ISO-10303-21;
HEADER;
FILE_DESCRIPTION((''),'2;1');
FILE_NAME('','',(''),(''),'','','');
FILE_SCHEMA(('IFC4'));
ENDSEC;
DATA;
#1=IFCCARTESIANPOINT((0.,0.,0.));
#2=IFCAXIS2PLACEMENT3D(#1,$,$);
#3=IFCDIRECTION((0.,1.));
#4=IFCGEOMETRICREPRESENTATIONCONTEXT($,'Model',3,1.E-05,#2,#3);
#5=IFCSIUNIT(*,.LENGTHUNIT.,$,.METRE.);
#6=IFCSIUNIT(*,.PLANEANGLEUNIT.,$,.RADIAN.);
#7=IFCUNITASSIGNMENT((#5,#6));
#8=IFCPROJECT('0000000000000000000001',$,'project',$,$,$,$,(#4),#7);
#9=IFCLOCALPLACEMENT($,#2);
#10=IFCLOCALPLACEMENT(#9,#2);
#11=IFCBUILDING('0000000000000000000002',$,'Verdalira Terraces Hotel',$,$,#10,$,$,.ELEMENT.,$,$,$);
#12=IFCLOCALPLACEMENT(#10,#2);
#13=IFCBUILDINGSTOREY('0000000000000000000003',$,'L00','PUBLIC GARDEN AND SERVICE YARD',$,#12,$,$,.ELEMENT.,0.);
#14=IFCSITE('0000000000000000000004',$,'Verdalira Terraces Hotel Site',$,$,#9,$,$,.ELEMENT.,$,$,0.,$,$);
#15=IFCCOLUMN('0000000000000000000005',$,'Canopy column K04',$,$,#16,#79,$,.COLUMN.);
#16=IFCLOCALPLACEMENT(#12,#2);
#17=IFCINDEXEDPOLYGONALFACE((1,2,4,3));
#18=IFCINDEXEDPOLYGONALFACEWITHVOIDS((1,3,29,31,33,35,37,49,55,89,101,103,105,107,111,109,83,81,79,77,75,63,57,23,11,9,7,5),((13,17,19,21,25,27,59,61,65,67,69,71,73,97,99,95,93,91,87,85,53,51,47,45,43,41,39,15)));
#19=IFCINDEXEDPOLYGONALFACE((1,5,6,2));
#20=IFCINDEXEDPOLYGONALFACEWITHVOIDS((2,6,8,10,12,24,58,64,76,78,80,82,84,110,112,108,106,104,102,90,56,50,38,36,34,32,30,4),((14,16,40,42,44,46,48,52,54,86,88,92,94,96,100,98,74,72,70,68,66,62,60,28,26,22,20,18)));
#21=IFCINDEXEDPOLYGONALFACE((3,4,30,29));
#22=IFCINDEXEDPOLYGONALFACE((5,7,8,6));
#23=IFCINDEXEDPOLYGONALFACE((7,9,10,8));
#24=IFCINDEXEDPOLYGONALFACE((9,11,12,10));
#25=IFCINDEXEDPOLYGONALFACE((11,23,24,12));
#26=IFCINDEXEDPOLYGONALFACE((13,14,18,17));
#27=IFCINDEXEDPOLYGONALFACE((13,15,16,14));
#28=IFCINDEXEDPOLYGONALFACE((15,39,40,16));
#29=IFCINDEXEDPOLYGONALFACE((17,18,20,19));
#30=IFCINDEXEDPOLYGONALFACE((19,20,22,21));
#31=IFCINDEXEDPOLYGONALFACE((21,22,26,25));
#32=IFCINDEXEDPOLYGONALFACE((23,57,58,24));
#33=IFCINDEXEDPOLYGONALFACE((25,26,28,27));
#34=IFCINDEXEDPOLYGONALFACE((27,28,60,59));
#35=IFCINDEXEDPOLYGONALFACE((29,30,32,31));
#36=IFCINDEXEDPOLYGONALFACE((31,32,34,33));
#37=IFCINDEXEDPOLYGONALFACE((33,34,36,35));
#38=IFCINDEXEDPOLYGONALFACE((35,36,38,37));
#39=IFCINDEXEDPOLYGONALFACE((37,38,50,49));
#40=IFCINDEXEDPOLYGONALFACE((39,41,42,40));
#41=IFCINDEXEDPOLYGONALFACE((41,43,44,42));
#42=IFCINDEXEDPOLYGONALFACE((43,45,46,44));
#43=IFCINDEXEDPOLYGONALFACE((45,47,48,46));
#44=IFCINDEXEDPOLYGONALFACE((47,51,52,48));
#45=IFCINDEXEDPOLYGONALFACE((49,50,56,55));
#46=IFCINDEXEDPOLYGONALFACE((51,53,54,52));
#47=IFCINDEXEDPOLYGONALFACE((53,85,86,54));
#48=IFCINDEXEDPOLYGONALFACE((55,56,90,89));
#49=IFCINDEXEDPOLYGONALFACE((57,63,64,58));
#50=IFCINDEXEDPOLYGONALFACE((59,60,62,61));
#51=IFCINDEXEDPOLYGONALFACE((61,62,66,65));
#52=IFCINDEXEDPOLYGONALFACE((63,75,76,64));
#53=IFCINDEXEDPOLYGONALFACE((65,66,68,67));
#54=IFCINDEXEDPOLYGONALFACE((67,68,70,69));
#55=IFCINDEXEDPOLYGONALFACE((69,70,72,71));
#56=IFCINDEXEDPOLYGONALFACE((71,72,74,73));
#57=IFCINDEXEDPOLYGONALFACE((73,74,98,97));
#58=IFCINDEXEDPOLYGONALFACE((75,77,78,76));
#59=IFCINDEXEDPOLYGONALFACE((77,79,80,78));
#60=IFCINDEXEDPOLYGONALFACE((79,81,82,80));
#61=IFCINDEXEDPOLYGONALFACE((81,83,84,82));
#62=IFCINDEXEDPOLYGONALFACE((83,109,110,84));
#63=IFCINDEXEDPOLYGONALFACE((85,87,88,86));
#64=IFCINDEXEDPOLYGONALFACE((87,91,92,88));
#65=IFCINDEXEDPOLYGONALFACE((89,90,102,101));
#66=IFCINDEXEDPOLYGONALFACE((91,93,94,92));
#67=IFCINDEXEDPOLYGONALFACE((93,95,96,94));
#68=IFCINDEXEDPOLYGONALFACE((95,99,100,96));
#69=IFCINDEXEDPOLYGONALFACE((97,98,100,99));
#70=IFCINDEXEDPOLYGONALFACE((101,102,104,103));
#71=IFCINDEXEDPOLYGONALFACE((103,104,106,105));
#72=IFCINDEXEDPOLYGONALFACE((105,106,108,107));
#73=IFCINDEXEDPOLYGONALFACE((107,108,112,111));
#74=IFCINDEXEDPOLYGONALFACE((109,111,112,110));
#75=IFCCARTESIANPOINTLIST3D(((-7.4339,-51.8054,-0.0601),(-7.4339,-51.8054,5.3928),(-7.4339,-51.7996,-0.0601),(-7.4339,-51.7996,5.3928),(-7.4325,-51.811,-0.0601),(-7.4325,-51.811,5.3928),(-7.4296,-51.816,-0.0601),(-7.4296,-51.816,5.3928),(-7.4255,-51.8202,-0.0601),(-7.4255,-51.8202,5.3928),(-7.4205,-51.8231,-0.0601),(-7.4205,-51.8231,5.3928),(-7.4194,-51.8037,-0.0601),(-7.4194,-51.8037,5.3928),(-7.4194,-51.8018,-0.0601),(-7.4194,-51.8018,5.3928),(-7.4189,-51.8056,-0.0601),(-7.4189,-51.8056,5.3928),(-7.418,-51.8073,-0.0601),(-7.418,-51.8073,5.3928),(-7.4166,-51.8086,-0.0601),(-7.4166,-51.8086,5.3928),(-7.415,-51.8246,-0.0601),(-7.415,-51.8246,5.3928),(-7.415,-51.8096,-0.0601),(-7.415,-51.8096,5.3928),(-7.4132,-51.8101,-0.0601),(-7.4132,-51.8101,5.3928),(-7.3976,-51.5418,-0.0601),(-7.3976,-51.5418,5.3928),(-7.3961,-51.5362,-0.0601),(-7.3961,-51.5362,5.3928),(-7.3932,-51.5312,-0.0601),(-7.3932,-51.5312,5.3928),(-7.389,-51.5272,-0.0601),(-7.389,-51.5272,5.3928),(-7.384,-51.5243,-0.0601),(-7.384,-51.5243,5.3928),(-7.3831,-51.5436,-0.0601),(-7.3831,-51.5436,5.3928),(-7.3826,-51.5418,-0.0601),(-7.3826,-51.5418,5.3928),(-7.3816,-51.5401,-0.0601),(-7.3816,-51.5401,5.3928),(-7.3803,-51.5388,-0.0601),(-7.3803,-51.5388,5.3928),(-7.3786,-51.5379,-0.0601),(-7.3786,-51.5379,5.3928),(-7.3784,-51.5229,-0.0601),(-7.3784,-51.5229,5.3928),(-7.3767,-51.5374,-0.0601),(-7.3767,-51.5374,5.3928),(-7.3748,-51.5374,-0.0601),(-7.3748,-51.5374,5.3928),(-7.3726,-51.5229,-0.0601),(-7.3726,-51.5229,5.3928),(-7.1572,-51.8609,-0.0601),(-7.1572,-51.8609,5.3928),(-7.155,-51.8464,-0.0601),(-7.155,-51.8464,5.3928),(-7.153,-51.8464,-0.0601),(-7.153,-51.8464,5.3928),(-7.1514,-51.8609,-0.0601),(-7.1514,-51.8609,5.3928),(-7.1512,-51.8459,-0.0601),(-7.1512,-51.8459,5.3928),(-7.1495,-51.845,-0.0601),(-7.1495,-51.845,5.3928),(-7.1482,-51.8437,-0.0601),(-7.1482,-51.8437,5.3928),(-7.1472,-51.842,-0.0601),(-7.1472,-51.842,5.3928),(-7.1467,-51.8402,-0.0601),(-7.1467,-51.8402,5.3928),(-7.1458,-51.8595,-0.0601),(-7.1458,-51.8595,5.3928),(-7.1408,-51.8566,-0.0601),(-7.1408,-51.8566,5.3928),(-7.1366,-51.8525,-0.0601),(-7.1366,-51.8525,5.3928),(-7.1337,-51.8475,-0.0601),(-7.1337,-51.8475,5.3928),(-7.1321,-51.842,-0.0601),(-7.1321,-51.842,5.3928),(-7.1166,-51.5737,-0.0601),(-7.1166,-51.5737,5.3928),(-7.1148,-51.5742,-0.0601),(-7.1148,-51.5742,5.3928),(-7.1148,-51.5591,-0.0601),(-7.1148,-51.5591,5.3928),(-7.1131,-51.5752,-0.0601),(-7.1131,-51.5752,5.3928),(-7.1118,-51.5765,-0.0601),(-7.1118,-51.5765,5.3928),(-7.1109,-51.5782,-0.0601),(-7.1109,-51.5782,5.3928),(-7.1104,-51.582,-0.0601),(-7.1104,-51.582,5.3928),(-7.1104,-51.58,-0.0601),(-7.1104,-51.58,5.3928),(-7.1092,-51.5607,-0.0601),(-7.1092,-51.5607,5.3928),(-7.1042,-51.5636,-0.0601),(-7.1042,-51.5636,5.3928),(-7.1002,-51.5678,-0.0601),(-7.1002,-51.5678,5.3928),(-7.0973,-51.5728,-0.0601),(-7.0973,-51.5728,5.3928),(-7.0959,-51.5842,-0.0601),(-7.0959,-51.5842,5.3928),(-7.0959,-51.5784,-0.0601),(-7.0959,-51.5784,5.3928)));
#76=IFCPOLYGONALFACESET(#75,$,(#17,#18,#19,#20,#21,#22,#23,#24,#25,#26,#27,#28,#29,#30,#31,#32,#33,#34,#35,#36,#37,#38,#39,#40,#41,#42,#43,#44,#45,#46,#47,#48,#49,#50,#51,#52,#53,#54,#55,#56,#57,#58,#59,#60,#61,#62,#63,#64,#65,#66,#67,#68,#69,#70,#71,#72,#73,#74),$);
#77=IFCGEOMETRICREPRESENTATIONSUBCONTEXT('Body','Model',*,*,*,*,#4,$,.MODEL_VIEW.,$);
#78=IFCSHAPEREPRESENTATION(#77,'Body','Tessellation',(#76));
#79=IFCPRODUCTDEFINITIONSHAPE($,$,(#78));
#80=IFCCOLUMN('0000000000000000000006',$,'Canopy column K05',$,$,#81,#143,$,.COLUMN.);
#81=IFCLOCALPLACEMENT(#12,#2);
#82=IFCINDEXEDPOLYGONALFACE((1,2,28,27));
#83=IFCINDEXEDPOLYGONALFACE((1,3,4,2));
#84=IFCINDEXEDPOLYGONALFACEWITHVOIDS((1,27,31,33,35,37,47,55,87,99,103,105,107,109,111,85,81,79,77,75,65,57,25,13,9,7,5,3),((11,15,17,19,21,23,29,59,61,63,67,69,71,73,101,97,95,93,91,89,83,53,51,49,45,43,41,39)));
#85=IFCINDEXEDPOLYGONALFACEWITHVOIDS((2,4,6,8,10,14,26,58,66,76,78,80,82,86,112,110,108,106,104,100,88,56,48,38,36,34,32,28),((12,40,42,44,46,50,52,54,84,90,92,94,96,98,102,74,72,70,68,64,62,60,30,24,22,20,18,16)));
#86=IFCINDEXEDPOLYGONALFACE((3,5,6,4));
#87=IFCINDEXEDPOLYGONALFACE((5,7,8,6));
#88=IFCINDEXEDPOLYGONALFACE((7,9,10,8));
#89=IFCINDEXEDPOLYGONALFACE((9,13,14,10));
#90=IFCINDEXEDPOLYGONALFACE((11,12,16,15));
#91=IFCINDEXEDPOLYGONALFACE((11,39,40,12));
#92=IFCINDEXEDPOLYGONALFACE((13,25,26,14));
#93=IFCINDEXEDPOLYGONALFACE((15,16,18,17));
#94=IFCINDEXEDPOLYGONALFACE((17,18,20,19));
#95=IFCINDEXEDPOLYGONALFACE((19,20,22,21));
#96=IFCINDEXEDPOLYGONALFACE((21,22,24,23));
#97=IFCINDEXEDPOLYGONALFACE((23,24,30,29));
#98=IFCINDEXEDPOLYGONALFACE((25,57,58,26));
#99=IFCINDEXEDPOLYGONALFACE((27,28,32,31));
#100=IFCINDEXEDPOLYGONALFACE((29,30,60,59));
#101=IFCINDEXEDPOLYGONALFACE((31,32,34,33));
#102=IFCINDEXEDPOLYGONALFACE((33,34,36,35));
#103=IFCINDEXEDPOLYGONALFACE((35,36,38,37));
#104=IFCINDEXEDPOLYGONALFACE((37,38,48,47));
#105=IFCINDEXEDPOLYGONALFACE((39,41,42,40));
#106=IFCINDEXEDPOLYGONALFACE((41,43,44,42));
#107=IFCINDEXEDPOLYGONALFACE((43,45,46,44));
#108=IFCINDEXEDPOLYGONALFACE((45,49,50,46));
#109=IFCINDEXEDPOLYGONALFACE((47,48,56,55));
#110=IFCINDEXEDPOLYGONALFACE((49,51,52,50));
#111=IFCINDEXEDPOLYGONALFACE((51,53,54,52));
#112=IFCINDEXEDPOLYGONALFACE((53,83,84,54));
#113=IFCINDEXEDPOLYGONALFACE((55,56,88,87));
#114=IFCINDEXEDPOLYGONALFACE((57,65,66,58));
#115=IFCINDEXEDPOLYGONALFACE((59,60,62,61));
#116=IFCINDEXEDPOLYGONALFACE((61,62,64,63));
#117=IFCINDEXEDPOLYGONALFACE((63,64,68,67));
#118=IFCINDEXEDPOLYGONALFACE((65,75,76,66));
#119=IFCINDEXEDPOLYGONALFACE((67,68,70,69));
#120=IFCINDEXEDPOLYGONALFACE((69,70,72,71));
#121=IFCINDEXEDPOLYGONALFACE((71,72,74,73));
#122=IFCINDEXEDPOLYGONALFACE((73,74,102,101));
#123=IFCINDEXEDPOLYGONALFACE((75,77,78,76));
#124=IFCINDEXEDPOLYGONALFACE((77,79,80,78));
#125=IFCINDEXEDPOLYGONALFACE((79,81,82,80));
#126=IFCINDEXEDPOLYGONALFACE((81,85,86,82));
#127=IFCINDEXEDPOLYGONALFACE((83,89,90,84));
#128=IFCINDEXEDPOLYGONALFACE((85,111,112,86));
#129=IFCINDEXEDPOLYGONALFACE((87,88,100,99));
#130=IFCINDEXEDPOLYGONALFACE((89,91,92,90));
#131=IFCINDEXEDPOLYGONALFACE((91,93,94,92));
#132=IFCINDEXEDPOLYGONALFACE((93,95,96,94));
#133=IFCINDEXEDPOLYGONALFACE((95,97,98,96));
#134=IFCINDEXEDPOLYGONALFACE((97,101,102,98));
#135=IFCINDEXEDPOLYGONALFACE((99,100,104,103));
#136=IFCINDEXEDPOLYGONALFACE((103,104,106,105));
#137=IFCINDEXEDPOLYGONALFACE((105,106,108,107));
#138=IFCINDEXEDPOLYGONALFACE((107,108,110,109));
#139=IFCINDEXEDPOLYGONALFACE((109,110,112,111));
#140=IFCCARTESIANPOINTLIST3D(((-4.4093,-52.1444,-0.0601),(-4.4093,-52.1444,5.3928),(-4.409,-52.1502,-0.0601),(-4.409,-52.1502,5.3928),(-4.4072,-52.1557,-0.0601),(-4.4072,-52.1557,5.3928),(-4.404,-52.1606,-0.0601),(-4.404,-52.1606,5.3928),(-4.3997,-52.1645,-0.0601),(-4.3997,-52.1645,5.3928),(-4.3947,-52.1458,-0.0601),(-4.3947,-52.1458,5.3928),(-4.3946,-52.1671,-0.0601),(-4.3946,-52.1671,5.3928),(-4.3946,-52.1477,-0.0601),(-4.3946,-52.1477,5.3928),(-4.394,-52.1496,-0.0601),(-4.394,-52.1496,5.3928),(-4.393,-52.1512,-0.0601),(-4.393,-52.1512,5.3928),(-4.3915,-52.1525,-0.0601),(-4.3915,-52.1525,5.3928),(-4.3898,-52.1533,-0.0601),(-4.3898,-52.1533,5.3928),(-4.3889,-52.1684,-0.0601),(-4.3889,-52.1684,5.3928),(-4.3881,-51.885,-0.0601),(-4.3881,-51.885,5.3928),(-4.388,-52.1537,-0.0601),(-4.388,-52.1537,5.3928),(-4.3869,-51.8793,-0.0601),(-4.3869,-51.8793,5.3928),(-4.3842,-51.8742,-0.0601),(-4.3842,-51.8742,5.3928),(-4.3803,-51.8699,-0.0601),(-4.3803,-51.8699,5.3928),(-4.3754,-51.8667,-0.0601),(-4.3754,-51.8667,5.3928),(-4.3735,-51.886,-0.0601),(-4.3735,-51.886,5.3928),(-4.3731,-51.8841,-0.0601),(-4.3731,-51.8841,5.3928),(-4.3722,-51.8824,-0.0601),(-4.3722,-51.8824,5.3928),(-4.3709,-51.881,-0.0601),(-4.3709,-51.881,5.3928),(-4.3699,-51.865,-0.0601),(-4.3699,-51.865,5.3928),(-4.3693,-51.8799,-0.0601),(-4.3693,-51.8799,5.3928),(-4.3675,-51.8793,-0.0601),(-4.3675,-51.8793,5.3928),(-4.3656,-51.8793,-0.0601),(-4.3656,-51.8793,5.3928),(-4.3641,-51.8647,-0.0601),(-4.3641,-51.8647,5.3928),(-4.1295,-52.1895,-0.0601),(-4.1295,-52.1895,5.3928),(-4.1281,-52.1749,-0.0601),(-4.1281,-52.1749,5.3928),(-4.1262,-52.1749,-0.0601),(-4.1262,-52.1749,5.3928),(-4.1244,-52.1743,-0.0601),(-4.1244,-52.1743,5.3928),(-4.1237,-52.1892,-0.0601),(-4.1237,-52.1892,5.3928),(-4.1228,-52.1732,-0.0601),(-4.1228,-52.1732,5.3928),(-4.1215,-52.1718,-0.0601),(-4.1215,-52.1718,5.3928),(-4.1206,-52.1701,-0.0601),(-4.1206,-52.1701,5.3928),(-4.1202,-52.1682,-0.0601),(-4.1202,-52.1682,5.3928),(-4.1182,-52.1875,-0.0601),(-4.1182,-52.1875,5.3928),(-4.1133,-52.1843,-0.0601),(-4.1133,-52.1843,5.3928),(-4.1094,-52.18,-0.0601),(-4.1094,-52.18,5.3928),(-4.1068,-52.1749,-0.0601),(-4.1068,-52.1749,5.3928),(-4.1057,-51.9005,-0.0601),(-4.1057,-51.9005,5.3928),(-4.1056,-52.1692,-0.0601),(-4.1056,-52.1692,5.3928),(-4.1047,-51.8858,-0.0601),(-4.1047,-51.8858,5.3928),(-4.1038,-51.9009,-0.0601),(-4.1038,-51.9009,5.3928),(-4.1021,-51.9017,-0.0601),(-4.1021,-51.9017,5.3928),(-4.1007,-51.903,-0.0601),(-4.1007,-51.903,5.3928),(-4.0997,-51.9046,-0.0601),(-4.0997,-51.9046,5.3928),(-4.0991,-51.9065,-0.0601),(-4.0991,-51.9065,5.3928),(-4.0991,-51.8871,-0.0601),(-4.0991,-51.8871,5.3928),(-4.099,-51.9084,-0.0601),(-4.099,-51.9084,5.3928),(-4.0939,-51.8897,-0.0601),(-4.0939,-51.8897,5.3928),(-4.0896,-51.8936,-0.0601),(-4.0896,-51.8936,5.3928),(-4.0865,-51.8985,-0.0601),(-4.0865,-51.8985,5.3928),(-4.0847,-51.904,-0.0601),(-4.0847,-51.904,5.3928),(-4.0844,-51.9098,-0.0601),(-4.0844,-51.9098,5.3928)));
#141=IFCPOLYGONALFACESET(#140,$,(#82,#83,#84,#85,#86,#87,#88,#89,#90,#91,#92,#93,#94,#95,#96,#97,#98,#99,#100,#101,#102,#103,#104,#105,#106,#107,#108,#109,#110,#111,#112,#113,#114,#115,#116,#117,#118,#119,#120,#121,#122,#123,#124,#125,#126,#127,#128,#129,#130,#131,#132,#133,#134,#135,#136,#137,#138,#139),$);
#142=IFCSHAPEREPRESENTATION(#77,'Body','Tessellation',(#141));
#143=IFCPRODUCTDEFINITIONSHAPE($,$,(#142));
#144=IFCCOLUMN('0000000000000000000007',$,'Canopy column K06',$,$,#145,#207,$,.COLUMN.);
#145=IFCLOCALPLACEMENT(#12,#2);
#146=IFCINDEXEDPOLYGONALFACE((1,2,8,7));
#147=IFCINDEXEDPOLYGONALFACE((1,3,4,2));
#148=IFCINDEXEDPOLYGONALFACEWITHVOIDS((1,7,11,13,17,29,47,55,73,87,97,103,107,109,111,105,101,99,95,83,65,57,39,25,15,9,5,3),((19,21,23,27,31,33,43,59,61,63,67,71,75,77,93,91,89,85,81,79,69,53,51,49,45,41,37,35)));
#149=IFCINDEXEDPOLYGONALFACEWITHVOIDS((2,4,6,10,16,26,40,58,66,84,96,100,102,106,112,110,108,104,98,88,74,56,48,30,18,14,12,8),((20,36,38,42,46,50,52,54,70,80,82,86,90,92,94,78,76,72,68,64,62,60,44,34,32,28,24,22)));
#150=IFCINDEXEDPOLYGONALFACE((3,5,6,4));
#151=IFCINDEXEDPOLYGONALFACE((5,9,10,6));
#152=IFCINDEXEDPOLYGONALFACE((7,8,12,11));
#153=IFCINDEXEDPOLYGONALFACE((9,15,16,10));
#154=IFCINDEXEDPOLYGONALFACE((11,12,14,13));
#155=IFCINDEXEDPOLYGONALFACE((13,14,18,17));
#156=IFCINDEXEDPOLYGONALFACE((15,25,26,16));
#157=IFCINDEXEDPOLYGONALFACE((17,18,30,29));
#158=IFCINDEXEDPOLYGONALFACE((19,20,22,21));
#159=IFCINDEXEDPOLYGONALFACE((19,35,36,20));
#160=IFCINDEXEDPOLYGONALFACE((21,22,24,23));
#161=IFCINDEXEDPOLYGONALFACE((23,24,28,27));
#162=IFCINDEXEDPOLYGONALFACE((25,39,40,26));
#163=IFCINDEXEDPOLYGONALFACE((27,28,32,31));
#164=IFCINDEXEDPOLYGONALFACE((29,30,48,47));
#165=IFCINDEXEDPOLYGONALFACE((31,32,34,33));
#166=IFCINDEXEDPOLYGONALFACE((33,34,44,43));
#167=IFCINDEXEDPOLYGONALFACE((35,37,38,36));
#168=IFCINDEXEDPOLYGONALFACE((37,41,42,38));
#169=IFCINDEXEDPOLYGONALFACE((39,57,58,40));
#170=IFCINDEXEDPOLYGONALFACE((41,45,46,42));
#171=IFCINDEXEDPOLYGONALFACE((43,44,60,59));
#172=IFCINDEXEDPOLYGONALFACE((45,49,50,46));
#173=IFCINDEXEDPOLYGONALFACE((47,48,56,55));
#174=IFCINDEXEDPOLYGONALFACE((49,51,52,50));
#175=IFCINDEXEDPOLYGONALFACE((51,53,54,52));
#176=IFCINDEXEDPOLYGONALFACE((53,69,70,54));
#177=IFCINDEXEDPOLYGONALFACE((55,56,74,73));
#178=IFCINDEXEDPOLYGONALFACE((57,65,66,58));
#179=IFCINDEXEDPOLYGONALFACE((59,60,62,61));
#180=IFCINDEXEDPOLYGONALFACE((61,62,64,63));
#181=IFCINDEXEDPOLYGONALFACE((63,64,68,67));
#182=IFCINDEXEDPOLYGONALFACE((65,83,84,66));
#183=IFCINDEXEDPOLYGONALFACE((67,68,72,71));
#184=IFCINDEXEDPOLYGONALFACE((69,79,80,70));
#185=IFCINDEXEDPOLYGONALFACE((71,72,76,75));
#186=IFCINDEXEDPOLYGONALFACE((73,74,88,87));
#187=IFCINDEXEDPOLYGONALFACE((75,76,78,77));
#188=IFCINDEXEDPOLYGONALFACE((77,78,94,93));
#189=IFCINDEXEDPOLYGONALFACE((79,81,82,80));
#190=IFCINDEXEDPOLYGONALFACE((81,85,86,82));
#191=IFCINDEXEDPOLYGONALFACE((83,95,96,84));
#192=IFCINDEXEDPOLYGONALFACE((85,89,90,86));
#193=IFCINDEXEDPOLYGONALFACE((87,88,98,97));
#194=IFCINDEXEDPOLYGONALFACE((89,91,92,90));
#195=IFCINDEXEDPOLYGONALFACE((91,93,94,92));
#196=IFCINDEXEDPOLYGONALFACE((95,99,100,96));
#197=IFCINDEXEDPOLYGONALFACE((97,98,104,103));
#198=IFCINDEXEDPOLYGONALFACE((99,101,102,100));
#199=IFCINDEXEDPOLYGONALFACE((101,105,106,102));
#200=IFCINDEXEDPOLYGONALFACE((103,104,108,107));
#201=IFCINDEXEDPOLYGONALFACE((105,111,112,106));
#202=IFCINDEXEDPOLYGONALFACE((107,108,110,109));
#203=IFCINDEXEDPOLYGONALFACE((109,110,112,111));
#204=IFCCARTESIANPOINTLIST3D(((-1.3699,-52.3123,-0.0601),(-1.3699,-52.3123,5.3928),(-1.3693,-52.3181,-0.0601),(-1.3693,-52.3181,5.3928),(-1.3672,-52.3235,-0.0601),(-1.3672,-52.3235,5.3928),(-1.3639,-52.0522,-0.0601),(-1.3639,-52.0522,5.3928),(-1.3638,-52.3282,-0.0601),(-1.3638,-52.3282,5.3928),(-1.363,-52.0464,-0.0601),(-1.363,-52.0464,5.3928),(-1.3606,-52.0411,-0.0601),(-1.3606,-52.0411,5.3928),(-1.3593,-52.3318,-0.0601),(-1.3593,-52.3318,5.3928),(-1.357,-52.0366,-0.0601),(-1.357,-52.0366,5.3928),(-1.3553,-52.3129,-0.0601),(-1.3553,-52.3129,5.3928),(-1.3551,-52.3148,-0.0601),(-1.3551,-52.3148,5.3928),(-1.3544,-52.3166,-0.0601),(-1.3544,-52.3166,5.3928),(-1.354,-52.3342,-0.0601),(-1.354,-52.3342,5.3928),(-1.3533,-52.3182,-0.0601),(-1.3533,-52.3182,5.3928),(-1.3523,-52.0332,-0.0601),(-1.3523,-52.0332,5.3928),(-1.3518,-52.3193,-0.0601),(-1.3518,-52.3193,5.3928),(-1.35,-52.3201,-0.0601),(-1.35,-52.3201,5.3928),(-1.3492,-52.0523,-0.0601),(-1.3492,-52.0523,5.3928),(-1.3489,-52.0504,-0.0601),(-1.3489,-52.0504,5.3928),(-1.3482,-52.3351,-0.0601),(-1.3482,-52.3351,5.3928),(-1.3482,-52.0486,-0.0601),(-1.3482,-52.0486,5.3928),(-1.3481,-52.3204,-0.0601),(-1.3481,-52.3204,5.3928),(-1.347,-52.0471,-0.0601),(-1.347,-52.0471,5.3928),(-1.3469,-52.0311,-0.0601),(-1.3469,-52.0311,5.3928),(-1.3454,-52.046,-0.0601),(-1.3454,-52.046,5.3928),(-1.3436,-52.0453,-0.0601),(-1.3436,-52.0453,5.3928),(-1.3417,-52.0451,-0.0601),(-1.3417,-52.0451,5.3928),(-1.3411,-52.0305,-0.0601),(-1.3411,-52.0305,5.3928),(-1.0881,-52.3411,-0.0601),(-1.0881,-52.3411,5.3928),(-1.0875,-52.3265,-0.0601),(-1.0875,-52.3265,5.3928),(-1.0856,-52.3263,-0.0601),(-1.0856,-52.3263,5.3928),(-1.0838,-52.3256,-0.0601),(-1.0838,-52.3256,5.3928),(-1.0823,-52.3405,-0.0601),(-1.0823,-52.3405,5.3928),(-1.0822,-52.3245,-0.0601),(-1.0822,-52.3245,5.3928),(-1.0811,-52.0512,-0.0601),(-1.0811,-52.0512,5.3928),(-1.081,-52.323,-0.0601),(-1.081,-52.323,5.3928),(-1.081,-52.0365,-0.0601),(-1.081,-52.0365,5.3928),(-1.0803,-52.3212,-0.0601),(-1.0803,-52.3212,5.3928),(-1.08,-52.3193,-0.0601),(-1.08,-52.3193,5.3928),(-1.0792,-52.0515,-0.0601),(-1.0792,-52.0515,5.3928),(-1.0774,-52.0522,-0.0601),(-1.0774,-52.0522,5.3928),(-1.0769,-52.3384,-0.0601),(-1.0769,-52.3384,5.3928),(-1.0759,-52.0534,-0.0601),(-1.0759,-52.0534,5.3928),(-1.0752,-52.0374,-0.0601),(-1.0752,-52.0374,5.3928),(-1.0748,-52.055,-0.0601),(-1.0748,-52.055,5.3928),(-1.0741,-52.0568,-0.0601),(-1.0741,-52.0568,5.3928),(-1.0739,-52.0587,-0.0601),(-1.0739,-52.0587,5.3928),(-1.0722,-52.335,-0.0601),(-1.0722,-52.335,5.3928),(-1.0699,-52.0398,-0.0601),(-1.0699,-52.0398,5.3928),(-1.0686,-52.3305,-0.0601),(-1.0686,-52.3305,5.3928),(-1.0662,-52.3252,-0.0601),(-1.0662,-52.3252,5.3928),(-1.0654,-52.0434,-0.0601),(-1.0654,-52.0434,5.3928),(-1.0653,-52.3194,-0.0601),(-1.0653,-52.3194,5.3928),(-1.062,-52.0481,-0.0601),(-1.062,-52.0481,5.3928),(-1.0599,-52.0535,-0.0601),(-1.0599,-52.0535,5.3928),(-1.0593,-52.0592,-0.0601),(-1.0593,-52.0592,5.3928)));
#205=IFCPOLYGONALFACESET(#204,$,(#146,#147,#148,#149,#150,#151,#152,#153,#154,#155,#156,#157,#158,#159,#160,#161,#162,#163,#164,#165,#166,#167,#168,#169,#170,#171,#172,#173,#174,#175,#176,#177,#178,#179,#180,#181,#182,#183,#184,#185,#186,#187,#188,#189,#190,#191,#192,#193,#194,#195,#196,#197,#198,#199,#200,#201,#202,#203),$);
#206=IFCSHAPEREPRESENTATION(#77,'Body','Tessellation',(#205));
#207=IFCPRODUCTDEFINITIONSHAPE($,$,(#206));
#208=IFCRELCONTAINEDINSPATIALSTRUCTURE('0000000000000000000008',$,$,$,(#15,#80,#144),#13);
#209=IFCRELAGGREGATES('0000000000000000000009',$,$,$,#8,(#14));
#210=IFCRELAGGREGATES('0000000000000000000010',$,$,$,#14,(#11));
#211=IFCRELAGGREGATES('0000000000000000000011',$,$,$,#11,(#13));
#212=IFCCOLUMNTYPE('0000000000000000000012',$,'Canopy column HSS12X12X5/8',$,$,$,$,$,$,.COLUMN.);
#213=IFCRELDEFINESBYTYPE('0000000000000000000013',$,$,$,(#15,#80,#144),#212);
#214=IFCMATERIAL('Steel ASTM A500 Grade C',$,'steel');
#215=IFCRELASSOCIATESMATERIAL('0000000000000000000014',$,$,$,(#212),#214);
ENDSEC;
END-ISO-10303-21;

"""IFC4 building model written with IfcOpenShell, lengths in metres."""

from ifc_helpers import new_model, si_unit, direction, frame, origin, origin_2d, place, context, subcontext, project, spatial, hollow_rectangle, extrude, material, material_profile, profile_set, type_object, element, save


model = new_model("IFC4")

# Units and contexts
model_context = context("Model", 3, precision=1e-05, world=origin(), true_north=direction((0.0, 1.0)))
body_context = subcontext(model_context, "Body", "Model", "MODEL_VIEW")
ifc_project = project(units=[si_unit("LENGTHUNIT", "METRE"), si_unit("PLANEANGLEUNIT", "RADIAN")], contexts=[model_context])

# Site, building, storey
site_placement = place(None, origin())
site = spatial("IfcSite", under=ifc_project, at=site_placement, Name="Verdalira Terraces Hotel Site", CompositionType="ELEMENT", RefElevation=0.0)
building_placement = place(site_placement, origin())
building = spatial("IfcBuilding", under=site, at=building_placement, Name="Verdalira Terraces Hotel", CompositionType="ELEMENT")
storey_placement = place(building_placement, origin())
storey = spatial("IfcBuildingStorey", under=building, at=storey_placement, Name="L00", Description="PUBLIC GARDEN AND SERVICE YARD", CompositionType="ELEMENT", Elevation=0.0)

# Columns
ifc_material_1 = material(Name="Steel ASTM A500 Grade C", Category="steel")
ifc_material_profile_1 = material_profile(ifc_material_1, hollow_rectangle(XDim=0.3047, YDim=0.3047, WallThickness=0.0146, InnerFilletRadius=0.0073, OuterFilletRadius=0.0222, at=origin_2d()), Name="HSS12X12X5/8")
ifc_profile_set_1 = profile_set([ifc_material_profile_1], Name="Steel ASTM A500 Grade C")
column_type_1 = type_object("IfcColumnType", Name="Canopy column HSS12X12X5/8", PredefinedType="COLUMN", material=ifc_profile_set_1)
for number, where, z_axis, x_axis, name in (
    (1, (-7.2649, -51.6919, -0.0601), (0.0, 0.0, 1.0), (-0.139173, -0.990268, 0.0), "Canopy column K04"),
    (2, (-4.2468, -52.0271, -0.0601), (0.0, 0.0, 1.0), (-0.081359, -0.996685, 0.0), "Canopy column K05"),
    (3, (-1.2146, -52.1858, -0.0601), (0.0, 0.0, 1.0), (-0.023268, -0.999729, 0.0), "Canopy column K06"),
):
    element("IfcColumn", number, at=place(storey_placement, frame(where, z_axis=z_axis, x_axis=x_axis)), inside=storey, type_object=column_type_1, Name=name, PredefinedType="COLUMN", context=body_context, shape_type="SweptSolid", body=[
        extrude(hollow_rectangle(XDim=0.3047, YDim=0.3047, WallThickness=0.0146, InnerFilletRadius=0.0073, OuterFilletRadius=0.0222, at=origin_2d()), origin(), (0.0, 0.0, 1.0), 5.4529),
    ])

save(model, "model.ifc")
